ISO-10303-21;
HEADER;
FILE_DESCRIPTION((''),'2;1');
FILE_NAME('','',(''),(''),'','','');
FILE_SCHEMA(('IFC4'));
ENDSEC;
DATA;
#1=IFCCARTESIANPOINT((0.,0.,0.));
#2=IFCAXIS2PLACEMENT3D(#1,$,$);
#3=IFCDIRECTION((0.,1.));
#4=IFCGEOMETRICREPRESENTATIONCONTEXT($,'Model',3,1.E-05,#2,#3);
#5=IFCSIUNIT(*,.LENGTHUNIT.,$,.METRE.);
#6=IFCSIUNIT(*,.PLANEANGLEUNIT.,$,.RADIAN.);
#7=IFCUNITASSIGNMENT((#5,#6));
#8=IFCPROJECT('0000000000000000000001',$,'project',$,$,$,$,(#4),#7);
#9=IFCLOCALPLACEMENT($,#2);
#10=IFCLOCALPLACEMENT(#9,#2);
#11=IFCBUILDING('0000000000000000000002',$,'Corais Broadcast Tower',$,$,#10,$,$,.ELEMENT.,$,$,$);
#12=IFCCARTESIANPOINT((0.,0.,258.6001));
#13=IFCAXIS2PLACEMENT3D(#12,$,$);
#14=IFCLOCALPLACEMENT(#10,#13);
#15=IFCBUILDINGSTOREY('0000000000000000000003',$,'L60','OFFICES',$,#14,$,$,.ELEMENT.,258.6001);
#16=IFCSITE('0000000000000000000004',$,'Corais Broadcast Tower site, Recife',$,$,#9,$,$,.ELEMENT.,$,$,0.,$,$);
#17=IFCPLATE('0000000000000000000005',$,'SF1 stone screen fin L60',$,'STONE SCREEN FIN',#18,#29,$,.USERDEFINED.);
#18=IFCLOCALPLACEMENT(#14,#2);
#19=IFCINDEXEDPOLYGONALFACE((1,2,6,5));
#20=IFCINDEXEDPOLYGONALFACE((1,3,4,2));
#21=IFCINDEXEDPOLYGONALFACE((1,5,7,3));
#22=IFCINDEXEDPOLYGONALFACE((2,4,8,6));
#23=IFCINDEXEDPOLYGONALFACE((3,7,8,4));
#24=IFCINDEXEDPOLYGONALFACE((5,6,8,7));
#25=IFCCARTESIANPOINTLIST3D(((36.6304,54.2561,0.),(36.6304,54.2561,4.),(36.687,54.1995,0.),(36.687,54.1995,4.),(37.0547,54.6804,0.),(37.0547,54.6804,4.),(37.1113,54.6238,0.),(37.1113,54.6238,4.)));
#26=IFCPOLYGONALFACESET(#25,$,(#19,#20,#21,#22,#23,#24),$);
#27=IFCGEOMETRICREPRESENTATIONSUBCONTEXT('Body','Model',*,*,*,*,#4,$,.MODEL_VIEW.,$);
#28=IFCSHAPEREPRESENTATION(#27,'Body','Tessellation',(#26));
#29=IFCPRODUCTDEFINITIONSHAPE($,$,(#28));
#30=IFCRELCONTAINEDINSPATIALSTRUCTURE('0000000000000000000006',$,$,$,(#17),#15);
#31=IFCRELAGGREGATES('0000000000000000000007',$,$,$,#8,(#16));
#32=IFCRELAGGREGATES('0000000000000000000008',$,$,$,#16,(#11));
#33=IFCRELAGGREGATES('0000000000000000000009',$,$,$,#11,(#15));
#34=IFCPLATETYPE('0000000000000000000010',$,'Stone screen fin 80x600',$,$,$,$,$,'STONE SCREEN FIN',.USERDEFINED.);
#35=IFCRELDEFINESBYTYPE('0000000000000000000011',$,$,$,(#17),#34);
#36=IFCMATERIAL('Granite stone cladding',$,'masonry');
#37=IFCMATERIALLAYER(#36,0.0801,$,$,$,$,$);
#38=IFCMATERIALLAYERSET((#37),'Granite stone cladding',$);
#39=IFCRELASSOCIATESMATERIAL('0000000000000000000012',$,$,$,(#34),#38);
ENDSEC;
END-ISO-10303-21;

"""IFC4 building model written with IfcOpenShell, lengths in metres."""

from ifc_helpers import new_model, si_unit, direction, frame, origin, origin_2d, place, context, subcontext, project, spatial, rectangle, extrude, material, layer, layer_set, type_object, element, save


model = new_model("IFC4")

# Units and contexts
model_context = context("Model", 3, precision=1e-05, world=origin(), true_north=direction((0.0, 1.0)))
body_context = subcontext(model_context, "Body", "Model", "MODEL_VIEW")
ifc_project = project(units=[si_unit("LENGTHUNIT", "METRE"), si_unit("PLANEANGLEUNIT", "RADIAN")], contexts=[model_context])

# Site, building, storey
site_placement = place(None, origin())
site = spatial("IfcSite", under=ifc_project, at=site_placement, Name="Corais Broadcast Tower site, Recife", CompositionType="ELEMENT", RefElevation=0.0)
building_placement = place(site_placement, origin())
building = spatial("IfcBuilding", under=site, at=building_placement, Name="Corais Broadcast Tower", CompositionType="ELEMENT")
storey_placement = place(building_placement, frame((0.0, 0.0, 258.6001)))
storey = spatial("IfcBuildingStorey", under=building, at=storey_placement, Name="L60", Description="OFFICES", CompositionType="ELEMENT", Elevation=258.6001)

# Plate
ifc_material_1 = material(Name="Granite stone cladding", Category="masonry")
ifc_layer_1 = layer(ifc_material_1, 0.0801)
ifc_layer_set_1 = layer_set([ifc_layer_1], Name="Granite stone cladding")
plate_type_1 = type_object("IfcPlateType", Name="Stone screen fin 80x600", ElementType="STONE SCREEN FIN", PredefinedType="USERDEFINED", material=ifc_layer_set_1)
plate_1_placement = place(storey_placement, frame((36.8708, 54.4399, 0.0), z_axis=(0.0, 0.0, 1.0), x_axis=(0.707107, -0.707107, 0.0)))
element("IfcPlate", 1, at=plate_1_placement, inside=storey, type_object=plate_type_1, Name="SF1 stone screen fin L60", ObjectType="STONE SCREEN FIN", PredefinedType="USERDEFINED", context=body_context, shape_type="SweptSolid", body=[
    extrude(rectangle(XDim=0.0801, YDim=0.6001, at=origin_2d()), origin(), (0.0, 0.0, 1.0), 4.0),
])

save(model, "model.ifc")
